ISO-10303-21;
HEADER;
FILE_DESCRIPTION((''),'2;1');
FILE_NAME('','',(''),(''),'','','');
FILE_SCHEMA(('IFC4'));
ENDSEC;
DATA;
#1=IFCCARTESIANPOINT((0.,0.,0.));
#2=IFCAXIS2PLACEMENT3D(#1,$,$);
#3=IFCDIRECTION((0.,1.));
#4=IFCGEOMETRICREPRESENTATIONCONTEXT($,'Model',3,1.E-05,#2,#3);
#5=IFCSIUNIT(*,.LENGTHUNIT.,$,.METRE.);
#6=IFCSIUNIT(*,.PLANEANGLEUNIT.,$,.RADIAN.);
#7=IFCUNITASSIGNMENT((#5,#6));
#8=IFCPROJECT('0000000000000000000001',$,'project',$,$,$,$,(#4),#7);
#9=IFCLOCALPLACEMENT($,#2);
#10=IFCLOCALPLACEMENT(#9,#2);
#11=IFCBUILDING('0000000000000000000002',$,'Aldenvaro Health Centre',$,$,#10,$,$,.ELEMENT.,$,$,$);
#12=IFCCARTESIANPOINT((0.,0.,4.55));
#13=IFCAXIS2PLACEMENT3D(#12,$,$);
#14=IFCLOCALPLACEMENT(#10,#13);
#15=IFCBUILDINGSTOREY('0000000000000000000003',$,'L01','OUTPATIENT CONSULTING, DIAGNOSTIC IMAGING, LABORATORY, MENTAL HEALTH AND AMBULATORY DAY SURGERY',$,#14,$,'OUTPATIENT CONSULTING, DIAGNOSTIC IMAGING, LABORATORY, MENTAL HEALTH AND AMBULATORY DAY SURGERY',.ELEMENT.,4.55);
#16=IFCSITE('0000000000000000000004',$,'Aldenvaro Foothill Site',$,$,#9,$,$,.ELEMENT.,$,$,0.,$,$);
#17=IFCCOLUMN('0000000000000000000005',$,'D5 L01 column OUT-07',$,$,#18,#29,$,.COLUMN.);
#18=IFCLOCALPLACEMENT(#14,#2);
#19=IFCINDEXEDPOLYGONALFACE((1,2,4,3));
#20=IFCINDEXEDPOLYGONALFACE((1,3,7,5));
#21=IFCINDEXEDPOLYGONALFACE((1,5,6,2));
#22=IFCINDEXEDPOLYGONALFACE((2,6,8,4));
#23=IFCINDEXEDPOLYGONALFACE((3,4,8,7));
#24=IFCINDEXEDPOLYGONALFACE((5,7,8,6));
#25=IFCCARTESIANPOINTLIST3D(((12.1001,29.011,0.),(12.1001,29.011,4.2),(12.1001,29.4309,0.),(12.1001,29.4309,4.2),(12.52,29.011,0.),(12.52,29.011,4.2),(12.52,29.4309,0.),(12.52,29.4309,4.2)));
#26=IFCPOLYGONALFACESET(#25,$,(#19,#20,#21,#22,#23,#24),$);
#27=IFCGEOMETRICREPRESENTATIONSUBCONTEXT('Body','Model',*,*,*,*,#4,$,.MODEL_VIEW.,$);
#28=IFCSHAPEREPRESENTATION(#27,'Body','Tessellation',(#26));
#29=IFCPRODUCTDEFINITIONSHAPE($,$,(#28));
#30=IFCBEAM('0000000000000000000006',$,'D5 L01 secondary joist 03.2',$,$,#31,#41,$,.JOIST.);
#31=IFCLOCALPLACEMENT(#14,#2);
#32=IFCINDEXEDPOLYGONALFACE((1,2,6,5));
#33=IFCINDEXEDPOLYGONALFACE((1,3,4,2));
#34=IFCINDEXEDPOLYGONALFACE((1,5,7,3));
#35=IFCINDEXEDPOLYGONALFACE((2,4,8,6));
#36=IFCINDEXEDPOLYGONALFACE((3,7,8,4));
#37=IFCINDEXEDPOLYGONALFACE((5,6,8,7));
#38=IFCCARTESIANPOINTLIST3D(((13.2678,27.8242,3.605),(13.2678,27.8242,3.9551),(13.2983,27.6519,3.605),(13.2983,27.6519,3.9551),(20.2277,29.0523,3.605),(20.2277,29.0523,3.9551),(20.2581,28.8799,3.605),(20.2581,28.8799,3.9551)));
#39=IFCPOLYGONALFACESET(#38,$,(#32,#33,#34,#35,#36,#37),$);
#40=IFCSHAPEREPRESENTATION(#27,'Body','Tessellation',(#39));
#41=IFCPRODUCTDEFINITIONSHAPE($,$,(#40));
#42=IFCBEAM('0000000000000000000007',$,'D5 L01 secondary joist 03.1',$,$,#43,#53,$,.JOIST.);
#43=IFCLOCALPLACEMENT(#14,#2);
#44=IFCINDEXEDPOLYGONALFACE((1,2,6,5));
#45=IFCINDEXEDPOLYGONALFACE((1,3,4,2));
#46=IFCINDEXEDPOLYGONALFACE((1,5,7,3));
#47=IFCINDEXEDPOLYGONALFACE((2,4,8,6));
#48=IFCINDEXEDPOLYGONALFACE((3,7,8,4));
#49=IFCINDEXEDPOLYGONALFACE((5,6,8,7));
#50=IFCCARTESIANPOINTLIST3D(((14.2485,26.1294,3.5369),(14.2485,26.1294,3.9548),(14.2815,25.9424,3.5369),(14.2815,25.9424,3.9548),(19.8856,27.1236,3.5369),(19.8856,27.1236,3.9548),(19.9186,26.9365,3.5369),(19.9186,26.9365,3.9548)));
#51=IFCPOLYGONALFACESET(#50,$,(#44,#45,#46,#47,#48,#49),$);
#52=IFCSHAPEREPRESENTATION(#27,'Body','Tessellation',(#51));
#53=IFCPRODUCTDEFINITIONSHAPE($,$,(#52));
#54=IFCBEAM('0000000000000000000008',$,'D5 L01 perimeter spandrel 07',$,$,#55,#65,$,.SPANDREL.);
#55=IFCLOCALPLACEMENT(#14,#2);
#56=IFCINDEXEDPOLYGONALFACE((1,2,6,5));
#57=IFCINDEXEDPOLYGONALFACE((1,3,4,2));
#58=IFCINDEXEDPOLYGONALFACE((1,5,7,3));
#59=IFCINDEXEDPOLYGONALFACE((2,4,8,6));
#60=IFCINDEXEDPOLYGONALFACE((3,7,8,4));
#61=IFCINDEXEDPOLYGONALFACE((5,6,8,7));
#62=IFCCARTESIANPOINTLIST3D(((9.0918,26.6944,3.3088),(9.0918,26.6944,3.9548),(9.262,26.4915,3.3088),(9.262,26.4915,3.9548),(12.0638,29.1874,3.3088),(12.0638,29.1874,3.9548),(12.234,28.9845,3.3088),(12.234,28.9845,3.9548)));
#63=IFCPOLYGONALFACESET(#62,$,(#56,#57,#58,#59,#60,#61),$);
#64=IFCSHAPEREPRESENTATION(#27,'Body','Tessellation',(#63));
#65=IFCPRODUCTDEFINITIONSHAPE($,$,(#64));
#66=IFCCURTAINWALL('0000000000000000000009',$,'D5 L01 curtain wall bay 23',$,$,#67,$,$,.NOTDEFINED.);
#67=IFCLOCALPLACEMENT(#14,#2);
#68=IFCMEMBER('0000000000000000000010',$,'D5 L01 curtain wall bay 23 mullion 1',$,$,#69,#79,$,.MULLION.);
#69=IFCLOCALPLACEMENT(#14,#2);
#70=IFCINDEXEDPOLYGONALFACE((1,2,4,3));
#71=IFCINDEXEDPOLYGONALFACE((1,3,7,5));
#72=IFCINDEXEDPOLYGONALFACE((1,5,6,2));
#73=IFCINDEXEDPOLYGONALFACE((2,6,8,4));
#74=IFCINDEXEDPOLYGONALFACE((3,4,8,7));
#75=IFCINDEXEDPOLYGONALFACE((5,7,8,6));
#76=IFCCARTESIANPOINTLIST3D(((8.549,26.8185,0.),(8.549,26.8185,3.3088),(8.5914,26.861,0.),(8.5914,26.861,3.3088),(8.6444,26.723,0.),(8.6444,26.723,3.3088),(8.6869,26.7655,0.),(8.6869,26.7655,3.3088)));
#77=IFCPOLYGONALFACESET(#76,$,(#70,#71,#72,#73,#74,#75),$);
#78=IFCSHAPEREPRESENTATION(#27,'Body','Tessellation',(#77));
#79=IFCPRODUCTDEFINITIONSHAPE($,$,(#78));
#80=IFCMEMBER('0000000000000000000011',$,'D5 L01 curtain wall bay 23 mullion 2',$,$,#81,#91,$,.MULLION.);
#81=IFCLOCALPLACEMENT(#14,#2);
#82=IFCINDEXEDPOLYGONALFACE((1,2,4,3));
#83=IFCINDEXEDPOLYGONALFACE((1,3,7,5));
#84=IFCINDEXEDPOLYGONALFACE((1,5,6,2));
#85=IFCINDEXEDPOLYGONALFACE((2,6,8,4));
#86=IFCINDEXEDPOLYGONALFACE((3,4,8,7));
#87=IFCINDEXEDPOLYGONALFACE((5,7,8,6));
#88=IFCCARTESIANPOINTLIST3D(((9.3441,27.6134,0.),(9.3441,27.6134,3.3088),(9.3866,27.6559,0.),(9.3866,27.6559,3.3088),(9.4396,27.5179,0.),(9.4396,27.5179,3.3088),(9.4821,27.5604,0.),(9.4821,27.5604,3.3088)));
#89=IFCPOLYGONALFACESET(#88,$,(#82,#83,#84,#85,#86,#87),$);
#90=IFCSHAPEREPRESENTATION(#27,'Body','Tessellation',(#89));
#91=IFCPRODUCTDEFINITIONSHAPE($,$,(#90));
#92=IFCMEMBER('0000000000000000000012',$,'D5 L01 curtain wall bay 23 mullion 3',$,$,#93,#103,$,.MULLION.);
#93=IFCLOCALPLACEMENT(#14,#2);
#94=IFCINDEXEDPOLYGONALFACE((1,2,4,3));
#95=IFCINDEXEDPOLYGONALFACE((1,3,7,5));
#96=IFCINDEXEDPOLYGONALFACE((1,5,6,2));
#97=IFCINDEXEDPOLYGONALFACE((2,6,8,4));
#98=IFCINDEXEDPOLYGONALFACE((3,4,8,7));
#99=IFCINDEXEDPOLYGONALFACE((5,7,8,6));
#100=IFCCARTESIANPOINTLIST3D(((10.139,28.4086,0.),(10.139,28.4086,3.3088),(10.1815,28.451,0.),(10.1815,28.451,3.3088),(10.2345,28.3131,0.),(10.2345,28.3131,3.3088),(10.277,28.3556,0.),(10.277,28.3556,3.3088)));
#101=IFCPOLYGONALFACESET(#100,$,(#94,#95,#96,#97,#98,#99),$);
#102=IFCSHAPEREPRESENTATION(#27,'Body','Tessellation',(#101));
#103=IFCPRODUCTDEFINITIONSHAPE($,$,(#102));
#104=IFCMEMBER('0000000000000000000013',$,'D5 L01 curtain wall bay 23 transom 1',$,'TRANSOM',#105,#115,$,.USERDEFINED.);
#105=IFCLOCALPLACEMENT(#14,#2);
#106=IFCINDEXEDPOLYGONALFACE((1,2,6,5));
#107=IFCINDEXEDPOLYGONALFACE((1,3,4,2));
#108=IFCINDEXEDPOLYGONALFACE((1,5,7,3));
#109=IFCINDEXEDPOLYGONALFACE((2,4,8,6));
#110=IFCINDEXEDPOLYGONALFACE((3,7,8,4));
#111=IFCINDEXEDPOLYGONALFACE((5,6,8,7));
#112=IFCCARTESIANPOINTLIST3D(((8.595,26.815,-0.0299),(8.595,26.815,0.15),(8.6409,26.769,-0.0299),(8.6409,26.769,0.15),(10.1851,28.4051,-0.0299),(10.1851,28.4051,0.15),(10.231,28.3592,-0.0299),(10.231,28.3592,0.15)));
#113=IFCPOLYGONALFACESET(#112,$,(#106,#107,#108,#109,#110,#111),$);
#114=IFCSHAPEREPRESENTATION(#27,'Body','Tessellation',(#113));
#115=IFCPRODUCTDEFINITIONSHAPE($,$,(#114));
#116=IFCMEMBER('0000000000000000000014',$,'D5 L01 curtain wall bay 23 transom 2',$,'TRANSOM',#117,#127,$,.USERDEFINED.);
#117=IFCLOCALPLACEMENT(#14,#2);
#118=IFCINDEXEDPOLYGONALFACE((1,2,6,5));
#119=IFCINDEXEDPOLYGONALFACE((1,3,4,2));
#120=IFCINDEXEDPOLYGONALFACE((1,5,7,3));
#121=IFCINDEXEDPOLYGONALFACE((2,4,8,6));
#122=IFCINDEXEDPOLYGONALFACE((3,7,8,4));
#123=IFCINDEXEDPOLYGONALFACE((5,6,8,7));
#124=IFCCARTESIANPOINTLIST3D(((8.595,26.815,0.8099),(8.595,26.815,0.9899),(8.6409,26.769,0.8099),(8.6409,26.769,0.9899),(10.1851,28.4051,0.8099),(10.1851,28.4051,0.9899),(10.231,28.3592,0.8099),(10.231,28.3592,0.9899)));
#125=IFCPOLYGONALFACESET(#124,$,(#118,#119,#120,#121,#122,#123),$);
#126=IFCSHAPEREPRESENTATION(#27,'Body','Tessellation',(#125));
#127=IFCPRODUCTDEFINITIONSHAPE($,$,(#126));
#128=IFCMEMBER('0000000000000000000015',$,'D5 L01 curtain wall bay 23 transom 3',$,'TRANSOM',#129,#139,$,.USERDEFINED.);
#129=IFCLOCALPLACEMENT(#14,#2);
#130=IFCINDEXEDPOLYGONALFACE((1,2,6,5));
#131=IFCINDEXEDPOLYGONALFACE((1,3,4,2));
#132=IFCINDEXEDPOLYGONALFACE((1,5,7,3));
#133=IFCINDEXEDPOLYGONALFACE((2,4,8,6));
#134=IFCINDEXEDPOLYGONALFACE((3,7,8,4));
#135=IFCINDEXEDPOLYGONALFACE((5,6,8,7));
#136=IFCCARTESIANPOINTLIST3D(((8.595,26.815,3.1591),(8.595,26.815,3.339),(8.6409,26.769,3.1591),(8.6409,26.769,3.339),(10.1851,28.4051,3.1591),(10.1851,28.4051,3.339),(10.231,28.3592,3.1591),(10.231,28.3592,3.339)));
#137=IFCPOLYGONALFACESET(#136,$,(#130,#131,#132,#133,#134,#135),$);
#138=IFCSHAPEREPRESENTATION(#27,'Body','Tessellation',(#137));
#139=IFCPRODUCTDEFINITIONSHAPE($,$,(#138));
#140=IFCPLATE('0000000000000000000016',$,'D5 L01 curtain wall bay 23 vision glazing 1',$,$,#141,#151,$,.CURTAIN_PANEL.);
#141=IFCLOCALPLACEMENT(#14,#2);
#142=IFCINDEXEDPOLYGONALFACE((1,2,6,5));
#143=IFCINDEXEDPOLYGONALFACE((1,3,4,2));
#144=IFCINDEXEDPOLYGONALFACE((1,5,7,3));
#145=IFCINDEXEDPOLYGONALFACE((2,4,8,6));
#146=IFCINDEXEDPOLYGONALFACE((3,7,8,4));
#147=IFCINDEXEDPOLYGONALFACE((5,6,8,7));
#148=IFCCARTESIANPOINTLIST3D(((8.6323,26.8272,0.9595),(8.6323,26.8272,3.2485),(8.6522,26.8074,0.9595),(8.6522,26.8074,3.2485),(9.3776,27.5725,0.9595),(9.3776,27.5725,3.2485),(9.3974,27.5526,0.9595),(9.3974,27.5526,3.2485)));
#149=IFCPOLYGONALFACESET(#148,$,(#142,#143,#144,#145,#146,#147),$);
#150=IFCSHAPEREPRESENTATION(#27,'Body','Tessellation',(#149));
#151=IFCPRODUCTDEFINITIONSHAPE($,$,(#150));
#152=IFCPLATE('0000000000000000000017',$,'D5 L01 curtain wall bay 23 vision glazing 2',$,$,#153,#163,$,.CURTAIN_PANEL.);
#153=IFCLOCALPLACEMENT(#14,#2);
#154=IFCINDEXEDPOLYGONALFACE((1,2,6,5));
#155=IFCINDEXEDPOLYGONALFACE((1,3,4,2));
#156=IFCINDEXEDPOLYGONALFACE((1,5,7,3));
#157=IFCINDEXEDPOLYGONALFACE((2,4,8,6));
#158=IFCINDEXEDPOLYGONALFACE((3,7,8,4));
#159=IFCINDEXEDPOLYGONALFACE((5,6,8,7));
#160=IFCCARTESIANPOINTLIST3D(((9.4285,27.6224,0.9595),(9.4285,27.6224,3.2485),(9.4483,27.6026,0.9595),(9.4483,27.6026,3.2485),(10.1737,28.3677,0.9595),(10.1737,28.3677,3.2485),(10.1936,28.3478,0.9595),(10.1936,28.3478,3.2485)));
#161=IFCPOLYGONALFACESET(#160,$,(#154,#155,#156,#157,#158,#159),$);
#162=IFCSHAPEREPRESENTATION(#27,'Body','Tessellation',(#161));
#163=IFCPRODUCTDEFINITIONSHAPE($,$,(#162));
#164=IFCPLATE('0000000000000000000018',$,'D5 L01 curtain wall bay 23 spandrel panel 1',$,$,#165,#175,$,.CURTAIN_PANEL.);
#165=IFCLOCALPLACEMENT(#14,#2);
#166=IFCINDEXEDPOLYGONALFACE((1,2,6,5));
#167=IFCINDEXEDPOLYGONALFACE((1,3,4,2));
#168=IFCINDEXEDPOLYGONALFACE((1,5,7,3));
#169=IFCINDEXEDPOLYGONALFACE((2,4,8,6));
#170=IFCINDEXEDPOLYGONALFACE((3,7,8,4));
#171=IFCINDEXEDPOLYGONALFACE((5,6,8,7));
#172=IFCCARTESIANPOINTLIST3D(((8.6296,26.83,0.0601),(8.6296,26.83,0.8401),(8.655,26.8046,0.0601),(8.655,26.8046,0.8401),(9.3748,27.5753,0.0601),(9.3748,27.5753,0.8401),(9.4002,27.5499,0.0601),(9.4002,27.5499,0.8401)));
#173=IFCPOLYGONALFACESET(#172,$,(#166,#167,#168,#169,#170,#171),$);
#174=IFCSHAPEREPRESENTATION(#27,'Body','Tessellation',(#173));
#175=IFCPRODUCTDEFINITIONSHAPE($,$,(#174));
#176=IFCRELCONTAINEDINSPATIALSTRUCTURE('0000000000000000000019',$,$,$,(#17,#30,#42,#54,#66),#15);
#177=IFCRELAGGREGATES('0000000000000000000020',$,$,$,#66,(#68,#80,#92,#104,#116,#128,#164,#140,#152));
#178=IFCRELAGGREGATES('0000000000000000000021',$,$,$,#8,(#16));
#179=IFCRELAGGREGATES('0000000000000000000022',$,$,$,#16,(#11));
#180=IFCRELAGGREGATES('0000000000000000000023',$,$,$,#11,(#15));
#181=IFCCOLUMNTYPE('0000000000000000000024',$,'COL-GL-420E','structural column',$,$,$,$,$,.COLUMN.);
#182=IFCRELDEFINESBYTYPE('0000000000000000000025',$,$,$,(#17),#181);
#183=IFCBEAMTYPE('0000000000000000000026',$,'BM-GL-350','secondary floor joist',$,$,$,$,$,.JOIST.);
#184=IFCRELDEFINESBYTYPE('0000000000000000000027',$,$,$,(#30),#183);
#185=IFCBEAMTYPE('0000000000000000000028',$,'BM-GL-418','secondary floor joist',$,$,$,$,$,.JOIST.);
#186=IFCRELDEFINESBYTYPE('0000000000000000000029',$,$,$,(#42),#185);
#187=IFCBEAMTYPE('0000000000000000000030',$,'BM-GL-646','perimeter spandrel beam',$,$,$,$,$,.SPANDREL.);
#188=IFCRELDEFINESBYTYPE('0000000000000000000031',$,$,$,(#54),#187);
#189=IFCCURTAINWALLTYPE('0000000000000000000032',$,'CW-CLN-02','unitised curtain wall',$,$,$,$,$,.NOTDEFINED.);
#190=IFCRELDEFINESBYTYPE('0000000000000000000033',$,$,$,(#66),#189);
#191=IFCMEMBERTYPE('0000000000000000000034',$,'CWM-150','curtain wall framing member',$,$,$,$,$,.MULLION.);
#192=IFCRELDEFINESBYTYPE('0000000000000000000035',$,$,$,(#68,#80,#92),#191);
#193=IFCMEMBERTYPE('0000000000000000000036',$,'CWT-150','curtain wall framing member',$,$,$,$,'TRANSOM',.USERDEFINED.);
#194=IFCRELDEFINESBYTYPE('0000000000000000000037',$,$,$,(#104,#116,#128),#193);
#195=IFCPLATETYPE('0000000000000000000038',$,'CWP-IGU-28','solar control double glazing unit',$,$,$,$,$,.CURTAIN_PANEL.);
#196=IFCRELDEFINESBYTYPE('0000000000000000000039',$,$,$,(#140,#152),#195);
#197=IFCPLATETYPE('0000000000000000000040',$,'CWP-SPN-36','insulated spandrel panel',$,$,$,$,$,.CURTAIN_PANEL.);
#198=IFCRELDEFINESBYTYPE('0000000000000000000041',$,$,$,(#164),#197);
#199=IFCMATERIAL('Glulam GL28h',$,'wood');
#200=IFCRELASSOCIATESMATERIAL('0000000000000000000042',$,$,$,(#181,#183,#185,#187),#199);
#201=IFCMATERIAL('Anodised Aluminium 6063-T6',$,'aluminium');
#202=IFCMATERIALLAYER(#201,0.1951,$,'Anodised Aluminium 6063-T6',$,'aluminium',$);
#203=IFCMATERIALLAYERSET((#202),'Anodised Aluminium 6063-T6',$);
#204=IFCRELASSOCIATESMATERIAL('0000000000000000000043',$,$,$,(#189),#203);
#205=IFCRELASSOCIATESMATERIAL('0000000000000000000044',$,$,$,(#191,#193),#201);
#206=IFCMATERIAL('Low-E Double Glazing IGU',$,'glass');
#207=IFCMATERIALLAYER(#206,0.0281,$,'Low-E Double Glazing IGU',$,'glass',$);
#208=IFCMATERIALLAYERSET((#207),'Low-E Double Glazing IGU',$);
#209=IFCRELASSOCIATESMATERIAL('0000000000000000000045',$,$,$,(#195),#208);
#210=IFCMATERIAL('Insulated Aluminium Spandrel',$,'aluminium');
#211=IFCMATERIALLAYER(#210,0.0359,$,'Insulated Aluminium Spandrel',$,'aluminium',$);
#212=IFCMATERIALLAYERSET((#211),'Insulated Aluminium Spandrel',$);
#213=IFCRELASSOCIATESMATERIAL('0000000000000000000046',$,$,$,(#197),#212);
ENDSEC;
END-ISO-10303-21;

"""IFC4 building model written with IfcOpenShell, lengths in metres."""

from ifc_helpers import new_model, si_unit, direction, frame, origin, origin_2d, place, context, subcontext, project, spatial, rectangle, extrude, material, layer, layer_set, material_profile, profile_set, type_object, element, aggregate, save


model = new_model("IFC4")

# Units and contexts
model_context = context("Model", 3, precision=1e-05, world=origin(), true_north=direction((0.0, 1.0)))
body_context = subcontext(model_context, "Body", "Model", "MODEL_VIEW")
ifc_project = project(units=[si_unit("LENGTHUNIT", "METRE"), si_unit("PLANEANGLEUNIT", "RADIAN")], contexts=[model_context])

# Site, building, storey
site_placement = place(None, origin())
site = spatial("IfcSite", under=ifc_project, at=site_placement, Name="Aldenvaro Foothill Site", CompositionType="ELEMENT", RefElevation=0.0)
building_placement = place(site_placement, origin())
building = spatial("IfcBuilding", under=site, at=building_placement, Name="Aldenvaro Health Centre", CompositionType="ELEMENT")
storey_placement = place(building_placement, frame((0.0, 0.0, 4.55)))
storey = spatial("IfcBuildingStorey", under=building, at=storey_placement, Name="L01", Description="OUTPATIENT CONSULTING, DIAGNOSTIC IMAGING, LABORATORY, MENTAL HEALTH AND AMBULATORY DAY SURGERY", LongName="OUTPATIENT CONSULTING, DIAGNOSTIC IMAGING, LABORATORY, MENTAL HEALTH AND AMBULATORY DAY SURGERY", CompositionType="ELEMENT", Elevation=4.55)

# Column
ifc_material_1 = material(Name="Glulam GL28h", Category="wood")
ifc_material_profile_1 = material_profile(ifc_material_1, rectangle(XDim=0.4199, YDim=0.4199, at=origin_2d()), Name="GL 420x420", Category="wood")
ifc_profile_set_1 = profile_set([ifc_material_profile_1], Name="Glulam GL28h")
column_type = type_object("IfcColumnType", Name="COL-GL-420E", Description="structural column", PredefinedType="COLUMN", material=ifc_profile_set_1)
column_placement = place(storey_placement, frame((12.3101, 29.2209, 0.0), z_axis=(0.0, 0.0, 1.0), x_axis=(1.0, 0.0, 0.0)))
element("IfcColumn", 1, at=column_placement, inside=storey, type_object=column_type, Name="D5 L01 column OUT-07", PredefinedType="COLUMN", context=body_context, shape_type="SweptSolid", body=[
    extrude(rectangle(XDim=0.4199, YDim=0.4199, at=origin_2d()), origin(), (0.0, 0.0, 1.0), 4.2),
])

# Beams
ifc_material_profile_2 = material_profile(ifc_material_1, rectangle(XDim=0.175, YDim=0.3501, at=origin_2d()), Name="GL 175x350", Category="wood")
ifc_profile_set_2 = profile_set([ifc_material_profile_2], Name="Glulam GL28h")
beam_type_1 = type_object("IfcBeamType", Name="BM-GL-350", Description="secondary floor joist", PredefinedType="JOIST", material=ifc_profile_set_2)
beam_1_placement = place(storey_placement, frame((20.2429, 28.9661, 3.78), z_axis=(-0.984788, -0.173758, 0.0), x_axis=(0.173758, -0.984788, 0.0)))
element("IfcBeam", 2, at=beam_1_placement, inside=storey, type_object=beam_type_1, Name="D5 L01 secondary joist 03.2", PredefinedType="JOIST", context=body_context, shape_type="SweptSolid", body=[
    extrude(rectangle(XDim=0.175, YDim=0.3501, at=origin_2d()), origin(), (0.0, 0.0, 1.0), 7.0674),
])
ifc_material_profile_3 = material_profile(ifc_material_1, rectangle(XDim=0.1899, YDim=0.418, at=origin_2d()), Name="GL 190x418", Category="wood")
ifc_profile_set_3 = profile_set([ifc_material_profile_3], Name="Glulam GL28h")
beam_type_2 = type_object("IfcBeamType", Name="BM-GL-418", Description="secondary floor joist", PredefinedType="JOIST", material=ifc_profile_set_3)
beam_2_placement = place(storey_placement, frame((19.9021, 27.03, 3.7458), z_axis=(-0.984803, -0.173673, 0.0), x_axis=(0.173673, -0.984803, 0.0)))
element("IfcBeam", 3, at=beam_2_placement, inside=storey, type_object=beam_type_2, Name="D5 L01 secondary joist 03.1", PredefinedType="JOIST", context=body_context, shape_type="SweptSolid", body=[
    extrude(rectangle(XDim=0.1899, YDim=0.418, at=origin_2d()), origin(), (0.0, 0.0, 1.0), 5.7241),
])
ifc_material_profile_4 = material_profile(ifc_material_1, rectangle(XDim=0.2649, YDim=0.646, at=origin_2d()), Name="GL 265x646", Category="wood")
ifc_profile_set_4 = profile_set([ifc_material_profile_4], Name="Glulam GL28h")
beam_type_3 = type_object("IfcBeamType", Name="BM-GL-646", Description="perimeter spandrel beam", PredefinedType="SPANDREL", material=ifc_profile_set_4)
beam_3_placement = place(storey_placement, frame((12.1489, 29.0859, 3.6318), z_axis=(-0.766149, -0.642664, 0.0), x_axis=(0.642664, -0.766149, 0.0)))
element("IfcBeam", 4, at=beam_3_placement, inside=storey, type_object=beam_type_3, Name="D5 L01 perimeter spandrel 07", PredefinedType="SPANDREL", context=body_context, shape_type="SweptSolid", body=[
    extrude(rectangle(XDim=0.2649, YDim=0.646, at=origin_2d()), origin(), (0.0, 0.0, 1.0), 3.8792),
])

# Curtain wall, members, plates
ifc_material_2 = material(Name="Anodised Aluminium 6063-T6", Category="aluminium")
ifc_layer_1 = layer(ifc_material_2, 0.1951, Name="Anodised Aluminium 6063-T6", Category="aluminium")
ifc_layer_set_1 = layer_set([ifc_layer_1], Name="Anodised Aluminium 6063-T6")
curtain_wall_type = type_object("IfcCurtainWallType", Name="CW-CLN-02", Description="unitised curtain wall", PredefinedType="NOTDEFINED", material=ifc_layer_set_1)
curtain_wall_placement = place(storey_placement, origin())
curtain_wall = element("IfcCurtainWall", 5, at=curtain_wall_placement, inside=storey, type_object=curtain_wall_type, Name="D5 L01 curtain wall bay 23", PredefinedType="NOTDEFINED")
ifc_material_profile_5 = material_profile(ifc_material_2, rectangle(XDim=0.0601, YDim=0.135, at=origin_2d()), Name="ALU 60x135", Category="aluminium")
ifc_profile_set_5 = profile_set([ifc_material_profile_5], Name="Anodised Aluminium 6063-T6")
member_type_1 = type_object("IfcMemberType", Name="CWM-150", Description="curtain wall framing member", PredefinedType="MULLION", material=ifc_profile_set_5)
member_1_placement = place(storey_placement, frame((8.6179, 26.792, 0.0), z_axis=(0.0, 0.0, 1.0), x_axis=(0.707107, 0.707107, 0.0)))
member_1 = element("IfcMember", 6, at=member_1_placement, type_object=member_type_1, Name="D5 L01 curtain wall bay 23 mullion 1", PredefinedType="MULLION", context=body_context, shape_type="SweptSolid", body=[
    extrude(rectangle(XDim=0.0601, YDim=0.135, at=origin_2d()), origin(), (0.0, 0.0, 1.0), 3.3088),
])
member_2_placement = place(storey_placement, frame((9.4131, 27.5869, 0.0), z_axis=(0.0, 0.0, 1.0), x_axis=(0.707107, 0.707107, 0.0)))
member_2 = element("IfcMember", 7, at=member_2_placement, type_object=member_type_1, Name="D5 L01 curtain wall bay 23 mullion 2", PredefinedType="MULLION", context=body_context, shape_type="SweptSolid", body=[
    extrude(rectangle(XDim=0.0601, YDim=0.135, at=origin_2d()), origin(), (0.0, 0.0, 1.0), 3.3088),
])
member_3_placement = place(storey_placement, frame((10.208, 28.3821, 0.0), z_axis=(0.0, 0.0, 1.0), x_axis=(0.707107, 0.707107, 0.0)))
member_3 = element("IfcMember", 8, at=member_3_placement, type_object=member_type_1, Name="D5 L01 curtain wall bay 23 mullion 3", PredefinedType="MULLION", context=body_context, shape_type="SweptSolid", body=[
    extrude(rectangle(XDim=0.0601, YDim=0.135, at=origin_2d()), origin(), (0.0, 0.0, 1.0), 3.3088),
])
ifc_material_profile_6 = material_profile(ifc_material_2, rectangle(XDim=0.0649, YDim=0.1799, at=origin_2d()), Name="ALU 65x180", Category="aluminium")
ifc_profile_set_6 = profile_set([ifc_material_profile_6], Name="Anodised Aluminium 6063-T6")
member_type_2 = type_object("IfcMemberType", Name="CWT-150", Description="curtain wall framing member", ElementType="TRANSOM", PredefinedType="USERDEFINED", material=ifc_profile_set_6)
member_4_placement = place(storey_placement, frame((8.6179, 26.792, 0.0601), z_axis=(0.707107, 0.707107, 0.0), x_axis=(-0.707107, 0.707107, 0.0)))
member_4 = element("IfcMember", 9, at=member_4_placement, type_object=member_type_2, Name="D5 L01 curtain wall bay 23 transom 1", ObjectType="TRANSOM", PredefinedType="USERDEFINED", context=body_context, shape_type="SweptSolid", body=[
    extrude(rectangle(XDim=0.0649, YDim=0.1799, at=origin_2d()), origin(), (0.0, 0.0, 1.0), 2.2488),
])
member_5_placement = place(storey_placement, frame((8.6179, 26.792, 0.8999), z_axis=(0.707107, 0.707107, 0.0), x_axis=(-0.707107, 0.707107, 0.0)))
member_5 = element("IfcMember", 10, at=member_5_placement, type_object=member_type_2, Name="D5 L01 curtain wall bay 23 transom 2", ObjectType="TRANSOM", PredefinedType="USERDEFINED", context=body_context, shape_type="SweptSolid", body=[
    extrude(rectangle(XDim=0.0649, YDim=0.1799, at=origin_2d()), origin(), (0.0, 0.0, 1.0), 2.2488),
])
member_6_placement = place(storey_placement, frame((8.6179, 26.792, 3.249), z_axis=(0.707107, 0.707107, 0.0), x_axis=(-0.707107, 0.707107, 0.0)))
member_6 = element("IfcMember", 11, at=member_6_placement, type_object=member_type_2, Name="D5 L01 curtain wall bay 23 transom 3", ObjectType="TRANSOM", PredefinedType="USERDEFINED", context=body_context, shape_type="SweptSolid", body=[
    extrude(rectangle(XDim=0.0649, YDim=0.1799, at=origin_2d()), origin(), (0.0, 0.0, 1.0), 2.2488),
])
ifc_material_3 = material(Name="Low-E Double Glazing IGU", Category="glass")
ifc_layer_2 = layer(ifc_material_3, 0.0281, Name="Low-E Double Glazing IGU", Category="glass")
ifc_layer_set_2 = layer_set([ifc_layer_2], Name="Low-E Double Glazing IGU")
plate_type_1 = type_object("IfcPlateType", Name="CWP-IGU-28", Description="solar control double glazing unit", PredefinedType="CURTAIN_PANEL", material=ifc_layer_set_2)
plate_1_placement = place(storey_placement, frame((9.0149, 27.1899, 0.9595), z_axis=(0.0, 0.0, 1.0), x_axis=(0.707107, 0.707107, 0.0)))
plate_1 = element("IfcPlate", 12, at=plate_1_placement, type_object=plate_type_1, Name="D5 L01 curtain wall bay 23 vision glazing 1", PredefinedType="CURTAIN_PANEL", context=body_context, shape_type="SweptSolid", body=[
    extrude(rectangle(XDim=1.054, YDim=0.0281, at=origin_2d()), origin(), (0.0, 0.0, 1.0), 2.2891),
])
plate_2_placement = place(storey_placement, frame((9.811, 27.9851, 0.9595), z_axis=(0.0, 0.0, 1.0), x_axis=(0.707107, 0.707107, 0.0)))
plate_2 = element("IfcPlate", 13, at=plate_2_placement, type_object=plate_type_1, Name="D5 L01 curtain wall bay 23 vision glazing 2", PredefinedType="CURTAIN_PANEL", context=body_context, shape_type="SweptSolid", body=[
    extrude(rectangle(XDim=1.054, YDim=0.0281, at=origin_2d()), origin(), (0.0, 0.0, 1.0), 2.2891),
])
ifc_material_4 = material(Name="Insulated Aluminium Spandrel", Category="aluminium")
ifc_layer_3 = layer(ifc_material_4, 0.0359, Name="Insulated Aluminium Spandrel", Category="aluminium")
ifc_layer_set_3 = layer_set([ifc_layer_3], Name="Insulated Aluminium Spandrel")
plate_type_2 = type_object("IfcPlateType", Name="CWP-SPN-36", Description="insulated spandrel panel", PredefinedType="CURTAIN_PANEL", material=ifc_layer_set_3)
plate_3_placement = place(storey_placement, frame((9.0149, 27.1899, 0.0601), z_axis=(0.0, 0.0, 1.0), x_axis=(0.707107, 0.707107, 0.0)))
plate_3 = element("IfcPlate", 14, at=plate_3_placement, type_object=plate_type_2, Name="D5 L01 curtain wall bay 23 spandrel panel 1", PredefinedType="CURTAIN_PANEL", context=body_context, shape_type="SweptSolid", body=[
    extrude(rectangle(XDim=1.054, YDim=0.0359, at=origin_2d()), origin(), (0.0, 0.0, 1.0), 0.78),
])
aggregate(curtain_wall, [member_1, member_2, member_3, member_4, member_5, member_6, plate_3, plate_1, plate_2])

save(model, "model.ifc")
